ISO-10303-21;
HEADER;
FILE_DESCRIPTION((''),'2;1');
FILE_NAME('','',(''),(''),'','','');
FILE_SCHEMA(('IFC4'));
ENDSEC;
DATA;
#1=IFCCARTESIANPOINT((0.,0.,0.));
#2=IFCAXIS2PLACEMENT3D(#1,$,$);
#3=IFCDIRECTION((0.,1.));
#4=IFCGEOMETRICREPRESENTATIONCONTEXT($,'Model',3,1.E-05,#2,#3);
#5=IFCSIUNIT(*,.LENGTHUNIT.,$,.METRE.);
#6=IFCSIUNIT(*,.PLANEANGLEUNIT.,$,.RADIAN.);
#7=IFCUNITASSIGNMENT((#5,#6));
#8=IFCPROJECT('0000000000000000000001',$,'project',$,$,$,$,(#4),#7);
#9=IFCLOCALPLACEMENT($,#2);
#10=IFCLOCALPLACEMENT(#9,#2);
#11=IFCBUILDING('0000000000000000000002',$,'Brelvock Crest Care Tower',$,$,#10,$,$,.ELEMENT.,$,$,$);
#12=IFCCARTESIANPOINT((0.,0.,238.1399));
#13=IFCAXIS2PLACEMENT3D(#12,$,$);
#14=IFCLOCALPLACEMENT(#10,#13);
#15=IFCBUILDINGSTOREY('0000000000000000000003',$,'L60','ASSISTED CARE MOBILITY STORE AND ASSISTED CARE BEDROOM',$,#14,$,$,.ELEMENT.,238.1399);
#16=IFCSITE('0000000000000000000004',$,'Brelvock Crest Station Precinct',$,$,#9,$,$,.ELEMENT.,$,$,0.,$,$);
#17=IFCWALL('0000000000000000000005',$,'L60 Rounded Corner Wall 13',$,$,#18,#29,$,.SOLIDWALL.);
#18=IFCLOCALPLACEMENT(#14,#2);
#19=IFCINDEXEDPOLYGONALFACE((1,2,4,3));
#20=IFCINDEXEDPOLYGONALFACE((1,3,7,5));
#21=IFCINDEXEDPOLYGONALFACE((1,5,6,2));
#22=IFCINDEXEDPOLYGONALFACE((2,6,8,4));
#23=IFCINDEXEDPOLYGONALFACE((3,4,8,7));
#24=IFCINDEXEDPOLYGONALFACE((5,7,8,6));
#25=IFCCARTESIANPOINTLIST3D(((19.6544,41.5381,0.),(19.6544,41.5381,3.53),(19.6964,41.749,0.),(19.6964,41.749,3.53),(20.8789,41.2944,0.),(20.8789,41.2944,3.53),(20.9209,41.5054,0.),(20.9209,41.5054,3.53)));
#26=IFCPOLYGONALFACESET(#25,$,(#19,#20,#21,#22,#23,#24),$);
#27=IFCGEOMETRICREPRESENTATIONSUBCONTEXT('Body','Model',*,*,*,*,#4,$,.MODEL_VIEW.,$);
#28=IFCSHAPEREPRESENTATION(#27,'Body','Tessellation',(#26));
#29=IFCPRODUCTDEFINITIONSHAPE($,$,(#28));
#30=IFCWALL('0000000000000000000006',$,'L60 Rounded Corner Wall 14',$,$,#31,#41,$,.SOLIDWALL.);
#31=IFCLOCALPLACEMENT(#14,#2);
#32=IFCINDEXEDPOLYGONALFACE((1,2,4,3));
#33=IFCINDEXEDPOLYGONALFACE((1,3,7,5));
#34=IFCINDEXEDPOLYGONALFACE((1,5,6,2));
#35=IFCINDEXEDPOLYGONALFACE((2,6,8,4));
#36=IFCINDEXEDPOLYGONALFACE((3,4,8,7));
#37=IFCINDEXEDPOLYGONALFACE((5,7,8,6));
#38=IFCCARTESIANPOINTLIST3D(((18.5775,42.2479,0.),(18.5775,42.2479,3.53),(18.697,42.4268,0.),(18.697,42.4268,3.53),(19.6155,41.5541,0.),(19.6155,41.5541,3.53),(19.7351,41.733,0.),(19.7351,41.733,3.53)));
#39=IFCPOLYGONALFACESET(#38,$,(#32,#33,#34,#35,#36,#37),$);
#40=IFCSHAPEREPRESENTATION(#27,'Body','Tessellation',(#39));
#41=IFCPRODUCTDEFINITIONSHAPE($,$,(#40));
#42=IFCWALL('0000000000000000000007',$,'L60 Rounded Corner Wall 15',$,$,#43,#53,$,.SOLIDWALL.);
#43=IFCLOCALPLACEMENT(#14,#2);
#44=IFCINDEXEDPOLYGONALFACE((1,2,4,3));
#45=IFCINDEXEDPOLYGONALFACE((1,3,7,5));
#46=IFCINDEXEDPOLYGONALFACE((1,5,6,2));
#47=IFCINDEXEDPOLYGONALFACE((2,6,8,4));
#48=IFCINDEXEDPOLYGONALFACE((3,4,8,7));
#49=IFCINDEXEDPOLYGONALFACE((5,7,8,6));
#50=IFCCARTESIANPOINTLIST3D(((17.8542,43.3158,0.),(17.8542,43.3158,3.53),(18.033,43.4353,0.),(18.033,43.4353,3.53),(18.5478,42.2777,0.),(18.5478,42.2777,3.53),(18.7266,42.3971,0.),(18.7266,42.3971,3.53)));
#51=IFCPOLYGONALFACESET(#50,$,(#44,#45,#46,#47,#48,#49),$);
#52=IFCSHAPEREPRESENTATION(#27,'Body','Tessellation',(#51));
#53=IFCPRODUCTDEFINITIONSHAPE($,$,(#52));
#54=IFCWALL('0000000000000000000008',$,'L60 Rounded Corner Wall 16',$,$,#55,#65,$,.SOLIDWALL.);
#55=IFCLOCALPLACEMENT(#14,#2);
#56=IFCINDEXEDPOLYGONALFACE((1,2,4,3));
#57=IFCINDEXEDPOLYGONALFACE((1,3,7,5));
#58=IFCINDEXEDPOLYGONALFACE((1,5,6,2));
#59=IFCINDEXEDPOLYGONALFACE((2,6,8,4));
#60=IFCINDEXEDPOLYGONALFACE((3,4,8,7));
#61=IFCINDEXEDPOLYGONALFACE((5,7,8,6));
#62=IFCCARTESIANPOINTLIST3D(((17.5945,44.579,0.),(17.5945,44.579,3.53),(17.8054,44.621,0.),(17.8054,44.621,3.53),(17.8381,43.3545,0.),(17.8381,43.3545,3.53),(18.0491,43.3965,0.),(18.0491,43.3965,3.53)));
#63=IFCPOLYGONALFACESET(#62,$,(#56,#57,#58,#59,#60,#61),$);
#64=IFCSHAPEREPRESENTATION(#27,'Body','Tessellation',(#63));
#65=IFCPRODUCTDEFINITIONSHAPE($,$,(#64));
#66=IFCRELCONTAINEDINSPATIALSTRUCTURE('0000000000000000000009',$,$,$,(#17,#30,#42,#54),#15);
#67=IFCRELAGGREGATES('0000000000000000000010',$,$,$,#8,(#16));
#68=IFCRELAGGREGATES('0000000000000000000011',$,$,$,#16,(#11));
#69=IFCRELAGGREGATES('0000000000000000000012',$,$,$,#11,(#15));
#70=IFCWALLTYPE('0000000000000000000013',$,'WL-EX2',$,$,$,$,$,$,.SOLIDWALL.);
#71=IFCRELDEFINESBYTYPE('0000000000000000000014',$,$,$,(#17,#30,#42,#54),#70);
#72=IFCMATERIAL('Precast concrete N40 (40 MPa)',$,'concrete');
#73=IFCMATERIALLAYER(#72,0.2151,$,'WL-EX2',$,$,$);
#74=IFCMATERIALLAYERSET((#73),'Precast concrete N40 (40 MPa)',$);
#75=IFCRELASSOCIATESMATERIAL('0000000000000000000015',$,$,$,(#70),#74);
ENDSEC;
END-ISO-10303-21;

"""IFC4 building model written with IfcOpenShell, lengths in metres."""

from ifc_helpers import new_model, si_unit, direction, frame, frame_2d, origin, place, context, subcontext, project, spatial, rectangle, extrude, material, layer, layer_set, type_object, element, save


model = new_model("IFC4")

# Units and contexts
model_context = context("Model", 3, precision=1e-05, world=origin(), true_north=direction((0.0, 1.0)))
body_context = subcontext(model_context, "Body", "Model", "MODEL_VIEW")
ifc_project = project(units=[si_unit("LENGTHUNIT", "METRE"), si_unit("PLANEANGLEUNIT", "RADIAN")], contexts=[model_context])

# Site, building, storey
site_placement = place(None, origin())
site = spatial("IfcSite", under=ifc_project, at=site_placement, Name="Brelvock Crest Station Precinct", CompositionType="ELEMENT", RefElevation=0.0)
building_placement = place(site_placement, origin())
building = spatial("IfcBuilding", under=site, at=building_placement, Name="Brelvock Crest Care Tower", CompositionType="ELEMENT")
storey_placement = place(building_placement, frame((0.0, 0.0, 238.1399)))
storey = spatial("IfcBuildingStorey", under=building, at=storey_placement, Name="L60", Description="ASSISTED CARE MOBILITY STORE AND ASSISTED CARE BEDROOM", CompositionType="ELEMENT", Elevation=238.1399)

# Walls
ifc_material_1 = material(Name="Precast concrete N40 (40 MPa)", Category="concrete")
ifc_layer_1 = layer(ifc_material_1, 0.2151, Name="WL-EX2")
ifc_layer_set_1 = layer_set([ifc_layer_1], Name="Precast concrete N40 (40 MPa)")
wall_type = type_object("IfcWallType", Name="WL-EX2", PredefinedType="SOLIDWALL", material=ifc_layer_set_1)
for number, where, z_axis, x_axis, name in (
    (1, (20.8999, 41.3999, 0.0), (0.0, 0.0, 1.0), (-0.980776, 0.195138, 0.0), "L60 Rounded Corner Wall 13"),
    (2, (19.6753, 41.6436, 0.0), (0.0, 0.0, 1.0), (-0.831388, 0.555692, 0.0), "L60 Rounded Corner Wall 14"),
    (3, (18.6372, 42.3374, 0.0), (0.0, 0.0, 1.0), (-0.555557, 0.831478, 0.0), "L60 Rounded Corner Wall 15"),
    (4, (17.9436, 43.3755, 0.0), (0.0, 0.0, 1.0), (-0.195138, 0.980776, 0.0), "L60 Rounded Corner Wall 16"),
):
    element("IfcWall", number, at=place(storey_placement, frame(where, z_axis=z_axis, x_axis=x_axis)), inside=storey, type_object=wall_type, Name=name, PredefinedType="SOLIDWALL", context=body_context, shape_type="SweptSolid", body=[
        extrude(rectangle(XDim=1.2485, YDim=0.2151, at=frame_2d((0.6243, 0.0))), origin(), (0.0, 0.0, 1.0), 3.53),
    ])

save(model, "model.ifc")
